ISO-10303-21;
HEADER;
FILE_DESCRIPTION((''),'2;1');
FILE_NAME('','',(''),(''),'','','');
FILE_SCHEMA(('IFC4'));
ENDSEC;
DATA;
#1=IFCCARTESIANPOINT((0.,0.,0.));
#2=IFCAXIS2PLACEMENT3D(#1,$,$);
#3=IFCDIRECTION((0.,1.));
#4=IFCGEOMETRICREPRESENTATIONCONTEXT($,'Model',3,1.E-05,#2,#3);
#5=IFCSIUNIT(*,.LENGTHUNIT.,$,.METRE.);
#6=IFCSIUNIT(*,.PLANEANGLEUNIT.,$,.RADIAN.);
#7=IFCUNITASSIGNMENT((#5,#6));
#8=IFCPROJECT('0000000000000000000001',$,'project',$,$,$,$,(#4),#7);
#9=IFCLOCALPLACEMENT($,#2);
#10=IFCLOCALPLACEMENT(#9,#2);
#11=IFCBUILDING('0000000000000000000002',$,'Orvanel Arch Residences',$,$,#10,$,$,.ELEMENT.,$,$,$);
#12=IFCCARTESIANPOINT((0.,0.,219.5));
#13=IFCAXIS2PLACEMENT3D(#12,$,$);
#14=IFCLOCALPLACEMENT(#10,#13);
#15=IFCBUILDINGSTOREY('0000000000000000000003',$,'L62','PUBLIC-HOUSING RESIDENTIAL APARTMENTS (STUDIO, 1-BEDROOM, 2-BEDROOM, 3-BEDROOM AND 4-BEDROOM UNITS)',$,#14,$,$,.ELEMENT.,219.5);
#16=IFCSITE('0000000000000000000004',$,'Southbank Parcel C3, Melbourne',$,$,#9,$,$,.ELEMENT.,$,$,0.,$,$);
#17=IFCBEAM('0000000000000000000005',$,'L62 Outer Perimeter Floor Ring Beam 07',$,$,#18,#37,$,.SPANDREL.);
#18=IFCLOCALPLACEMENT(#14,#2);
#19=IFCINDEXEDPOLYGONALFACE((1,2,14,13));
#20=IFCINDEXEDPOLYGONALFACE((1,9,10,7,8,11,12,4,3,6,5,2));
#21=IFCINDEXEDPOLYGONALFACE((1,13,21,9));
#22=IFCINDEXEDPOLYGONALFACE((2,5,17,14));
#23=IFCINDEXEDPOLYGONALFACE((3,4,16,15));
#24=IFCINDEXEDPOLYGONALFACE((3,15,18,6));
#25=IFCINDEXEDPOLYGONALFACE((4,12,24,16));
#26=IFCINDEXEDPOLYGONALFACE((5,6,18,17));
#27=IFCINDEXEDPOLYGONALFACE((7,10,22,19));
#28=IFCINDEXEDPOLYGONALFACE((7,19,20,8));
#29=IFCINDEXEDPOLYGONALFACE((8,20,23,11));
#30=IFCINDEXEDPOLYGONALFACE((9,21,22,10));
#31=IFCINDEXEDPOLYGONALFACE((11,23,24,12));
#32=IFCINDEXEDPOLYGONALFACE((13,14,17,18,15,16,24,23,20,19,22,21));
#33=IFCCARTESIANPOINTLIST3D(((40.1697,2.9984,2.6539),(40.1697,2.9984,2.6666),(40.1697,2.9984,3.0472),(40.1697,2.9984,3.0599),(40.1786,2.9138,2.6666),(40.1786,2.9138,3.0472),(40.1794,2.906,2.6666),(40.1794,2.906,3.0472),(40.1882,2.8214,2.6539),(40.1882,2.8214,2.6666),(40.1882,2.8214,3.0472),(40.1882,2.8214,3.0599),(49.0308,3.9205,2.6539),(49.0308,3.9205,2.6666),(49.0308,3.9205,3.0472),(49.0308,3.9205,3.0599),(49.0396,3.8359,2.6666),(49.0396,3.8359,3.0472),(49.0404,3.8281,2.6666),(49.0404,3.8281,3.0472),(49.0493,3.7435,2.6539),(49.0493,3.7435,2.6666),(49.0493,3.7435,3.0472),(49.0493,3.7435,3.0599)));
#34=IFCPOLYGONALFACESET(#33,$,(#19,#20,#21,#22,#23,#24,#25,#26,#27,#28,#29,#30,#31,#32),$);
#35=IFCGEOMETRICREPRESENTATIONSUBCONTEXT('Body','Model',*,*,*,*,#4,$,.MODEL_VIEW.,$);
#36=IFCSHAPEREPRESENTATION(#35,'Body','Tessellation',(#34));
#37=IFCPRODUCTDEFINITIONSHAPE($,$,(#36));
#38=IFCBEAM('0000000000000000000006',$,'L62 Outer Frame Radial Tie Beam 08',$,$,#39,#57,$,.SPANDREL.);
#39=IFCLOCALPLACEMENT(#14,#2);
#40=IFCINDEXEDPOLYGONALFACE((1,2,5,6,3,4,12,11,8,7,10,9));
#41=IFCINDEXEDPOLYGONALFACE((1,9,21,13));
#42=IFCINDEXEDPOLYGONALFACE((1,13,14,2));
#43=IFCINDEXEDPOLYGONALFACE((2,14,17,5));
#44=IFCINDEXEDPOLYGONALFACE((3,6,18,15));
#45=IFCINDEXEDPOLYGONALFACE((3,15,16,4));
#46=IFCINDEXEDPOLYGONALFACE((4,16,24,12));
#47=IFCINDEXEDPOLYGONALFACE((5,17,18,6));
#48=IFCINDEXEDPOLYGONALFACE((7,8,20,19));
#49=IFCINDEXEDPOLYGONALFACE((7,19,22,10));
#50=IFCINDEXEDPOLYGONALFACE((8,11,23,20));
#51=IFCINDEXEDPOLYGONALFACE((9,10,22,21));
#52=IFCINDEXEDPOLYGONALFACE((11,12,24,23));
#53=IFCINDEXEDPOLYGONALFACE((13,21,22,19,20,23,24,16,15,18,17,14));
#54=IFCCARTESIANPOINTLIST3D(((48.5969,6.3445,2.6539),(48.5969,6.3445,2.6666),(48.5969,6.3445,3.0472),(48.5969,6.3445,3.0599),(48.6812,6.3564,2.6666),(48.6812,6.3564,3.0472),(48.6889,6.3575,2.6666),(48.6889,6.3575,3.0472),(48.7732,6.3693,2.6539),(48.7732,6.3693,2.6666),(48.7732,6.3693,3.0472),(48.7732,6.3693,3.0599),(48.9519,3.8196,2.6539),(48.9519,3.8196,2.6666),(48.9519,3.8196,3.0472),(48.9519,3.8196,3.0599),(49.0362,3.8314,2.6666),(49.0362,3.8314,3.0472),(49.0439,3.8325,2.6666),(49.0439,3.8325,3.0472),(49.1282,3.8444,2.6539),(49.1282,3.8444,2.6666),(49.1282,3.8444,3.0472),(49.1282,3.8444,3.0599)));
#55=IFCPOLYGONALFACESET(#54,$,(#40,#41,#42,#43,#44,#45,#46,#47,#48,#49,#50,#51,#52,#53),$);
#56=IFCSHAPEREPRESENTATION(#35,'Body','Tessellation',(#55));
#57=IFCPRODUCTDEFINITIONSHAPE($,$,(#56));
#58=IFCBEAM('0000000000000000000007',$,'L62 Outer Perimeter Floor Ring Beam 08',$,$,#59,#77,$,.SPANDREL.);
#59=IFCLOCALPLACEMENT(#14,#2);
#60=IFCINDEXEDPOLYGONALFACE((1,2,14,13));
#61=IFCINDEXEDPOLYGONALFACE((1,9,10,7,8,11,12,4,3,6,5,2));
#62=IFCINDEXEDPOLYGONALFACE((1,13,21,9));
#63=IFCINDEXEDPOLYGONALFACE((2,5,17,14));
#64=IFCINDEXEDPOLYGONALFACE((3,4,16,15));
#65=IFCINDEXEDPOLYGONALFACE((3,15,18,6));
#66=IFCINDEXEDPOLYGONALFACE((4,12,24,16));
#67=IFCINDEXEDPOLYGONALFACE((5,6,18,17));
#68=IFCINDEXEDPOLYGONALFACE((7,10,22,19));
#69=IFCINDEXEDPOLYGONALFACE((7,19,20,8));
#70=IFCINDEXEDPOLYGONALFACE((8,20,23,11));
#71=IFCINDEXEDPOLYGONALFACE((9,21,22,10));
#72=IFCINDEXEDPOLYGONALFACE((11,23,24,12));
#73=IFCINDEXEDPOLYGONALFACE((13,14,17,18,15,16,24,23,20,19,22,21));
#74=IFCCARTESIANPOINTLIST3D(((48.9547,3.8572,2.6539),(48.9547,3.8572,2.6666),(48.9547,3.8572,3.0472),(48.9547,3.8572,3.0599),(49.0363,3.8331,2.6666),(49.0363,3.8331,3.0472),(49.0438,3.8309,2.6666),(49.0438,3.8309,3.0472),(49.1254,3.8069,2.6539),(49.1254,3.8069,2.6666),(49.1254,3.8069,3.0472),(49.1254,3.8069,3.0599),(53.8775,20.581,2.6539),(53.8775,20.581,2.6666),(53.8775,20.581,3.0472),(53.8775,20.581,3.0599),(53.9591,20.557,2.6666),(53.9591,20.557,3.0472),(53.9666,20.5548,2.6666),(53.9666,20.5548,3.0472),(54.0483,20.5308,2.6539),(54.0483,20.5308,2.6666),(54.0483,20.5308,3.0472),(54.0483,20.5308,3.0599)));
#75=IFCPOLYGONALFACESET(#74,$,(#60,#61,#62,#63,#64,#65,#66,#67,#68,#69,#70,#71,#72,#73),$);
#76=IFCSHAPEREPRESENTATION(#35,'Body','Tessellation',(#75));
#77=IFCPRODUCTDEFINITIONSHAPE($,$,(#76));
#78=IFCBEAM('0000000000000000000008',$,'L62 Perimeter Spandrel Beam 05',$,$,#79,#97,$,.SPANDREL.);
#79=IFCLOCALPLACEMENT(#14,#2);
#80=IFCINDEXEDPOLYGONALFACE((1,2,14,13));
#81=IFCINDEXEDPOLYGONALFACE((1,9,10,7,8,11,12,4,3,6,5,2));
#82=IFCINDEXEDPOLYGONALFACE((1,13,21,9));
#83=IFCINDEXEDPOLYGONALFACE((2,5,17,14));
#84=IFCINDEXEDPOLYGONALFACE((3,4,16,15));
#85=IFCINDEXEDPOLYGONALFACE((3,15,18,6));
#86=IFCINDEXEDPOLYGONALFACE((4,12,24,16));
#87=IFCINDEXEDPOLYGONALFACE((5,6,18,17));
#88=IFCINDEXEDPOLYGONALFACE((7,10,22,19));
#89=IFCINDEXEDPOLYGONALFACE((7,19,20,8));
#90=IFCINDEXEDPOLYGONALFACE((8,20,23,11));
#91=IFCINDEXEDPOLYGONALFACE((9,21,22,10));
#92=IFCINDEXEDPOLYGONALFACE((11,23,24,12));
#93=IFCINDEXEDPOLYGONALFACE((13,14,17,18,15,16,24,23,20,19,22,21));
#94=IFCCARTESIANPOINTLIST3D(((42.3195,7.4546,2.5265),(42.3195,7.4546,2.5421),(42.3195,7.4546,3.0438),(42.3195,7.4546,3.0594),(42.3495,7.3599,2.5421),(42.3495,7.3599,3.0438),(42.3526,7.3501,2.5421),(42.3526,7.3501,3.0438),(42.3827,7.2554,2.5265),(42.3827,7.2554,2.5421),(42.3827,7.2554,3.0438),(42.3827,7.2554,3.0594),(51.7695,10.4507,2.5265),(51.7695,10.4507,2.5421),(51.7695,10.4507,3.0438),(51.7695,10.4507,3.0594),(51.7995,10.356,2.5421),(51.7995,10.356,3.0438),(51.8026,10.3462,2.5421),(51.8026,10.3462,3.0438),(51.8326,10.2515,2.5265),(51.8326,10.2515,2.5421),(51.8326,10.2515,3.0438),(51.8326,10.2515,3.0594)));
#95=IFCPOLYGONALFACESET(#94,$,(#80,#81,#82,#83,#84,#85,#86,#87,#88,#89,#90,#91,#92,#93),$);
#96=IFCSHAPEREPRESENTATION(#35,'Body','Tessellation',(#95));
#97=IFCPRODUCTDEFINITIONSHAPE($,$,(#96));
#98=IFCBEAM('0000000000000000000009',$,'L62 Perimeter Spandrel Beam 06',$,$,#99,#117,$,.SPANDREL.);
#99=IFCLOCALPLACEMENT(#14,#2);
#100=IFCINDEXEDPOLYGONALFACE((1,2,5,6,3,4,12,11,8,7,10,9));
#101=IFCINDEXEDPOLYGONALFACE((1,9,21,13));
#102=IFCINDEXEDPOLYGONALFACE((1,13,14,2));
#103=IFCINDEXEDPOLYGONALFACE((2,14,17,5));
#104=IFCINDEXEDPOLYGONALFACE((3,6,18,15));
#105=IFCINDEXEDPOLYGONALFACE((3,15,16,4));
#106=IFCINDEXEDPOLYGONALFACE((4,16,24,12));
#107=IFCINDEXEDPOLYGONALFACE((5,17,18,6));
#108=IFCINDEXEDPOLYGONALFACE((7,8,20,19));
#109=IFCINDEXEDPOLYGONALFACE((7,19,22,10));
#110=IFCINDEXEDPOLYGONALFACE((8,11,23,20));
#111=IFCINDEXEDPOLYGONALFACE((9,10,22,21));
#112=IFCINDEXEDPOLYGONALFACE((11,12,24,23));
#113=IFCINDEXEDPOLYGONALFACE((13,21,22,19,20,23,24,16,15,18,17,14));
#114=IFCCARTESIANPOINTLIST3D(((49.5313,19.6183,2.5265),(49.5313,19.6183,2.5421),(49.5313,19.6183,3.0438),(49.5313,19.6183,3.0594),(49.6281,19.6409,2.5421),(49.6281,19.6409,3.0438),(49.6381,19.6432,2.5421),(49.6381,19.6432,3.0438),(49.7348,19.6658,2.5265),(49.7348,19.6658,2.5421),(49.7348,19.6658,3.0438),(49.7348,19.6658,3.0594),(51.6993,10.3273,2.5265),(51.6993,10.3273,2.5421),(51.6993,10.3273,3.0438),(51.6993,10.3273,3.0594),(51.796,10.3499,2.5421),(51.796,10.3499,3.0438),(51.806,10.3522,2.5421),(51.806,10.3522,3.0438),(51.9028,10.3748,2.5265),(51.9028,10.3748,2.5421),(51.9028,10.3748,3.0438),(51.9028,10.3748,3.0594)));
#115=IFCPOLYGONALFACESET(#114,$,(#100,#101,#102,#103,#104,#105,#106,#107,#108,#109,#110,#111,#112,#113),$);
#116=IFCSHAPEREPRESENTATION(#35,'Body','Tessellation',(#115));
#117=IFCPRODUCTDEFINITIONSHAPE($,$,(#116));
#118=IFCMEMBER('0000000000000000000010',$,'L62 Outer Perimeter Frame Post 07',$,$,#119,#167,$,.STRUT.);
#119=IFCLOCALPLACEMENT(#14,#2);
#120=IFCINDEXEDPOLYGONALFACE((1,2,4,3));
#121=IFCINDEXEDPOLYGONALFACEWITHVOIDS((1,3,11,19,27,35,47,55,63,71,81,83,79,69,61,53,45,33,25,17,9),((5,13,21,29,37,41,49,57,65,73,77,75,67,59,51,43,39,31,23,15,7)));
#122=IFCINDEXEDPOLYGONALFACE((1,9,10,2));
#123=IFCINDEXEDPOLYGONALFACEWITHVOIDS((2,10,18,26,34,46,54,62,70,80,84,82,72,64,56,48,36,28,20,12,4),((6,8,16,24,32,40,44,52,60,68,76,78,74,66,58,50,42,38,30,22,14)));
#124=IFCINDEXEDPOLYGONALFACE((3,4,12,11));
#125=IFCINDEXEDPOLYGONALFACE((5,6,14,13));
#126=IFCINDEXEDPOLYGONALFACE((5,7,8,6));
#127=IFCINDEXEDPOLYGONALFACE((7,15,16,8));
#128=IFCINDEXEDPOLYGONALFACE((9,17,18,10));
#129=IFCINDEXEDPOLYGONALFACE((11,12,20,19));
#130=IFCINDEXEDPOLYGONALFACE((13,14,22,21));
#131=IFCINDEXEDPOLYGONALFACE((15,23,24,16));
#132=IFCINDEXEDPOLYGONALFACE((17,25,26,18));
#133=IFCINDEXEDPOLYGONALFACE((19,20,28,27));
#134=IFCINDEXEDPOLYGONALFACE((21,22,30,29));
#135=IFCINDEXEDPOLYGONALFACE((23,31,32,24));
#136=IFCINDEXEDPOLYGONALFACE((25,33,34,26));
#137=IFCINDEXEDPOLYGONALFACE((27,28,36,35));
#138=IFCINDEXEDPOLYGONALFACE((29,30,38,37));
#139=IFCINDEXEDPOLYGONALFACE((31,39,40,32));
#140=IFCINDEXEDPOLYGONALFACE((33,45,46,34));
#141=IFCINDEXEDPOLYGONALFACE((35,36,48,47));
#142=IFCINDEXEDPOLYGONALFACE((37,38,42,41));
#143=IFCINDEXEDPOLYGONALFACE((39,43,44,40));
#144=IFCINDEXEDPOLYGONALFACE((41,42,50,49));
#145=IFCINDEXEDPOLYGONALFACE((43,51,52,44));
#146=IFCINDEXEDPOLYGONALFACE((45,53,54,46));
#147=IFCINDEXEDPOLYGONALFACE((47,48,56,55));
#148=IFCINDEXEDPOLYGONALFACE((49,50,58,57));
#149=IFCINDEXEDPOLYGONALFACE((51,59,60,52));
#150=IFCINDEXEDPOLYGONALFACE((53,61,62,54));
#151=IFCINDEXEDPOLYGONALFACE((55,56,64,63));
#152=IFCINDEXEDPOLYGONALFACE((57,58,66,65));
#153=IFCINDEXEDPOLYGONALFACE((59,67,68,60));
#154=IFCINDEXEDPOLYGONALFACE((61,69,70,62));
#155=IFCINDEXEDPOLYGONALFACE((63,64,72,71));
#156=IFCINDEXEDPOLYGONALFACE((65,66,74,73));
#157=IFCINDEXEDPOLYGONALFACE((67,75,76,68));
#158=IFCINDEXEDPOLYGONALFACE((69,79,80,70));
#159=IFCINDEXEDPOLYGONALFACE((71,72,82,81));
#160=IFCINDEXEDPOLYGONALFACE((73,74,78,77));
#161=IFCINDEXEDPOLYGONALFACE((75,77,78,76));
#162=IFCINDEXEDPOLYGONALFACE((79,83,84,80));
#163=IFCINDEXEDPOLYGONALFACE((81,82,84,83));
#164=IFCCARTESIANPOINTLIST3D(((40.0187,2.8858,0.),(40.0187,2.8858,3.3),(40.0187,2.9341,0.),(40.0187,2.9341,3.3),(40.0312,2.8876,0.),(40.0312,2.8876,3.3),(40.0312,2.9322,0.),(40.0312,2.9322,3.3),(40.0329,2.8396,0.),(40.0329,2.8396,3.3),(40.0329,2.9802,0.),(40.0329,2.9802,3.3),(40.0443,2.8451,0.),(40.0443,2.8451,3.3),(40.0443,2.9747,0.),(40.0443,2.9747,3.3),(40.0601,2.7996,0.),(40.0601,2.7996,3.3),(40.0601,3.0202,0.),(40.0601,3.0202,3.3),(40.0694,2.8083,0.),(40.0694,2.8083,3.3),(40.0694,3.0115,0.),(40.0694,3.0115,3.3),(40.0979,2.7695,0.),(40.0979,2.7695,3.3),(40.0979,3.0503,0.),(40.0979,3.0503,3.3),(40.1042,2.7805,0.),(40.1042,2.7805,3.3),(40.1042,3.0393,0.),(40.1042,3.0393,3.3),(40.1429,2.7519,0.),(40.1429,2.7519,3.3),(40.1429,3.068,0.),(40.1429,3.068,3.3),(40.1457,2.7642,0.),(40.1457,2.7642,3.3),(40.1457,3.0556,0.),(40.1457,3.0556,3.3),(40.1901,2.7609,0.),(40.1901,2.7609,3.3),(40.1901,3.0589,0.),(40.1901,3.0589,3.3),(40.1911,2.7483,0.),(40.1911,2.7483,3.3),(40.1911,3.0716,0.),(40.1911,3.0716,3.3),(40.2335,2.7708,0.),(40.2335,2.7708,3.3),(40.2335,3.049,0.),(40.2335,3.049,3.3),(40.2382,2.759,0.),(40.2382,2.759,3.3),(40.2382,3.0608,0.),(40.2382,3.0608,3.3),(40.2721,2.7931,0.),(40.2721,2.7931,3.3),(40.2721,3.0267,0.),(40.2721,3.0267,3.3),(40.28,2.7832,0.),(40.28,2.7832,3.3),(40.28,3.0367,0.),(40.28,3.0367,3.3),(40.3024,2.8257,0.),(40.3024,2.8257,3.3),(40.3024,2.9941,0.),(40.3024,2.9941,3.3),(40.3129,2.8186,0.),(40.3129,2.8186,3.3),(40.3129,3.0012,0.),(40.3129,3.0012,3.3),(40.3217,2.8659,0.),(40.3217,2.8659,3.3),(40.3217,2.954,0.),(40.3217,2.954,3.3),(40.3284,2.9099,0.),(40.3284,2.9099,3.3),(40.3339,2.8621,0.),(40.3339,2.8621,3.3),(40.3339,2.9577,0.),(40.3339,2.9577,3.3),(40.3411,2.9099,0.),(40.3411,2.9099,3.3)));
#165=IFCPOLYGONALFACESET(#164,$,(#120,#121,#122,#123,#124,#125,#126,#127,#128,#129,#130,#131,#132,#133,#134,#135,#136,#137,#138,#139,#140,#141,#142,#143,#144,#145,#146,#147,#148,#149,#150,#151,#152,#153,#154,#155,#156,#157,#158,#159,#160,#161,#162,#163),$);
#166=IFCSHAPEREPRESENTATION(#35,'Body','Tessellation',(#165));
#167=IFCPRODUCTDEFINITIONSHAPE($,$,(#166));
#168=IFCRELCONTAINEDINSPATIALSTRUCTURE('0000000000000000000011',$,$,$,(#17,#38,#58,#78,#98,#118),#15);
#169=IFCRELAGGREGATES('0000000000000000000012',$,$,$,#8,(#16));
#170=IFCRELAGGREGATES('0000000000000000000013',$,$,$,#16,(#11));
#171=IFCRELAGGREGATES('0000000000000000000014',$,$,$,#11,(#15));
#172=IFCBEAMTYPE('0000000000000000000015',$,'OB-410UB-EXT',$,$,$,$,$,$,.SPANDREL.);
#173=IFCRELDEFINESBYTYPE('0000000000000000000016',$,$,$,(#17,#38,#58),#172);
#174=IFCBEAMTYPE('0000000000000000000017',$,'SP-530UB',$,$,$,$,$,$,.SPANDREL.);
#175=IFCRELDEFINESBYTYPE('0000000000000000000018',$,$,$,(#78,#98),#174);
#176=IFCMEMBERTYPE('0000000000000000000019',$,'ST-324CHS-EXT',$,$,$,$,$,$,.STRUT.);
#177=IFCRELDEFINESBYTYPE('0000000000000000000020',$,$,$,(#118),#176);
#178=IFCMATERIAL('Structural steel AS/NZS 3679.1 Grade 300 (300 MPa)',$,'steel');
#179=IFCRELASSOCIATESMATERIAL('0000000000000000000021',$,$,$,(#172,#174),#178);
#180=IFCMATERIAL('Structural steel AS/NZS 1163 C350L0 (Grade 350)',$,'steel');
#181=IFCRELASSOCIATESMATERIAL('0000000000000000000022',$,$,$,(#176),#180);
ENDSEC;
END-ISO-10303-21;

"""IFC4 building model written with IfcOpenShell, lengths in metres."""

from ifc_helpers import new_model, si_unit, direction, frame, origin, origin_2d, place, context, subcontext, project, spatial, hollow_circle, i_section, extrude, material, material_profile, profile_set, type_object, element, save


model = new_model("IFC4")

# Units and contexts
model_context = context("Model", 3, precision=1e-05, world=origin(), true_north=direction((0.0, 1.0)))
body_context = subcontext(model_context, "Body", "Model", "MODEL_VIEW")
ifc_project = project(units=[si_unit("LENGTHUNIT", "METRE"), si_unit("PLANEANGLEUNIT", "RADIAN")], contexts=[model_context])

# Site, building, storey
site_placement = place(None, origin())
site = spatial("IfcSite", under=ifc_project, at=site_placement, Name="Southbank Parcel C3, Melbourne", CompositionType="ELEMENT", RefElevation=0.0)
building_placement = place(site_placement, origin())
building = spatial("IfcBuilding", under=site, at=building_placement, Name="Orvanel Arch Residences", CompositionType="ELEMENT")
storey_placement = place(building_placement, frame((0.0, 0.0, 219.5)))
storey = spatial("IfcBuildingStorey", under=building, at=storey_placement, Name="L62", Description="PUBLIC-HOUSING RESIDENTIAL APARTMENTS (STUDIO, 1-BEDROOM, 2-BEDROOM, 3-BEDROOM AND 4-BEDROOM UNITS)", CompositionType="ELEMENT", Elevation=219.5)

# Beams
ifc_material_1 = material(Name="Structural steel AS/NZS 3679.1 Grade 300 (300 MPa)", Category="steel")
ifc_material_profile_1 = material_profile(ifc_material_1, i_section(OverallWidth=0.178, OverallDepth=0.406, WebThickness=0.0078, FlangeThickness=0.0127, at=origin_2d()), Name="410UB59.7")
ifc_profile_set_1 = profile_set([ifc_material_profile_1], Name="Structural steel AS/NZS 3679.1 Grade 300 (300 MPa)")
beam_type_1 = type_object("IfcBeamType", Name="OB-410UB-EXT", PredefinedType="SPANDREL", material=ifc_profile_set_1)
beam_1_placement = place(storey_placement, frame((40.179, 2.9099, 2.8569), z_axis=(0.994629, 0.103505, 0.0), x_axis=(-0.103505, 0.994629, 0.0)))
element("IfcBeam", 1, at=beam_1_placement, inside=storey, type_object=beam_type_1, Name="L62 Outer Perimeter Floor Ring Beam 07", PredefinedType="SPANDREL", context=body_context, shape_type="SweptSolid", body=[
    extrude(i_section(OverallWidth=0.178, OverallDepth=0.406, WebThickness=0.0078, FlangeThickness=0.0127, at=origin_2d()), origin(), (0.0, 0.0, 1.0), 8.9089),
])
beam_2_placement = place(storey_placement, frame((48.6851, 6.3569, 2.8569), z_axis=(0.139223, -0.990261, 0.0), x_axis=(0.990261, 0.139223, 0.0)))
element("IfcBeam", 2, at=beam_2_placement, inside=storey, type_object=beam_type_1, Name="L62 Outer Frame Radial Tie Beam 08", PredefinedType="SPANDREL", context=body_context, shape_type="SweptSolid", body=[
    extrude(i_section(OverallWidth=0.178, OverallDepth=0.406, WebThickness=0.0078, FlangeThickness=0.0127, at=origin_2d()), origin(), (0.0, 0.0, 1.0), 2.5498),
])
beam_3_placement = place(storey_placement, frame((49.04, 3.832, 2.8569), z_axis=(0.282381, 0.959302, 0.0), x_axis=(-0.959302, 0.282381, 0.0)))
element("IfcBeam", 3, at=beam_3_placement, inside=storey, type_object=beam_type_1, Name="L62 Outer Perimeter Floor Ring Beam 08", PredefinedType="SPANDREL", context=body_context, shape_type="SweptSolid", body=[
    extrude(i_section(OverallWidth=0.178, OverallDepth=0.406, WebThickness=0.0078, FlangeThickness=0.0127, at=origin_2d()), origin(), (0.0, 0.0, 1.0), 17.4333),
])
ifc_material_profile_2 = material_profile(ifc_material_1, i_section(OverallWidth=0.209, OverallDepth=0.533, WebThickness=0.0103, FlangeThickness=0.0156, at=origin_2d()), Name="530UB92.4")
ifc_profile_set_2 = profile_set([ifc_material_profile_2], Name="Structural steel AS/NZS 3679.1 Grade 300 (300 MPa)")
beam_type_2 = type_object("IfcBeamType", Name="SP-530UB", PredefinedType="SPANDREL", material=ifc_profile_set_2)
beam_4_placement = place(storey_placement, frame((42.3511, 7.355, 2.793), z_axis=(0.953237, 0.302223, 0.0), x_axis=(-0.302223, 0.953237, 0.0)))
element("IfcBeam", 4, at=beam_4_placement, inside=storey, type_object=beam_type_2, Name="L62 Perimeter Spandrel Beam 05", PredefinedType="SPANDREL", context=body_context, shape_type="SweptSolid", body=[
    extrude(i_section(OverallWidth=0.209, OverallDepth=0.533, WebThickness=0.0103, FlangeThickness=0.0156, at=origin_2d()), origin(), (0.0, 0.0, 1.0), 9.9136),
])
beam_5_placement = place(storey_placement, frame((51.801, 10.3511, 2.793), z_axis=(-0.227236, 0.97384, 0.0), x_axis=(-0.97384, -0.227236, 0.0)))
element("IfcBeam", 5, at=beam_5_placement, inside=storey, type_object=beam_type_2, Name="L62 Perimeter Spandrel Beam 06", PredefinedType="SPANDREL", context=body_context, shape_type="SweptSolid", body=[
    extrude(i_section(OverallWidth=0.209, OverallDepth=0.533, WebThickness=0.0103, FlangeThickness=0.0156, at=origin_2d()), origin(), (0.0, 0.0, 1.0), 9.5405),
])

# Member
ifc_material_2 = material(Name="Structural steel AS/NZS 1163 C350L0 (Grade 350)", Category="steel")
ifc_material_profile_3 = material_profile(ifc_material_2, hollow_circle(Radius=0.1621, WallThickness=0.0127, at=origin_2d()), Name="CHS324x12.7")
ifc_profile_set_3 = profile_set([ifc_material_profile_3], Name="Structural steel AS/NZS 1163 C350L0 (Grade 350)")
member_type_1 = type_object("IfcMemberType", Name="ST-324CHS-EXT", PredefinedType="STRUT", material=ifc_profile_set_3)
for number, where, z_axis, x_axis, name in (
    (6, (40.179, 2.9099, 0.0), (0.0, 0.0, 1.0), (1.0, 0.0, 0.0), "L62 Outer Perimeter Frame Post 07"),
):
    element("IfcMember", number, at=place(storey_placement, frame(where, z_axis=z_axis, x_axis=x_axis)), inside=storey, type_object=member_type_1, Name=name, PredefinedType="STRUT", context=body_context, shape_type="SweptSolid", body=[
        extrude(hollow_circle(Radius=0.1621, WallThickness=0.0127, at=origin_2d()), origin(), (0.0, 0.0, 1.0), 3.3),
    ])

save(model, "model.ifc")
